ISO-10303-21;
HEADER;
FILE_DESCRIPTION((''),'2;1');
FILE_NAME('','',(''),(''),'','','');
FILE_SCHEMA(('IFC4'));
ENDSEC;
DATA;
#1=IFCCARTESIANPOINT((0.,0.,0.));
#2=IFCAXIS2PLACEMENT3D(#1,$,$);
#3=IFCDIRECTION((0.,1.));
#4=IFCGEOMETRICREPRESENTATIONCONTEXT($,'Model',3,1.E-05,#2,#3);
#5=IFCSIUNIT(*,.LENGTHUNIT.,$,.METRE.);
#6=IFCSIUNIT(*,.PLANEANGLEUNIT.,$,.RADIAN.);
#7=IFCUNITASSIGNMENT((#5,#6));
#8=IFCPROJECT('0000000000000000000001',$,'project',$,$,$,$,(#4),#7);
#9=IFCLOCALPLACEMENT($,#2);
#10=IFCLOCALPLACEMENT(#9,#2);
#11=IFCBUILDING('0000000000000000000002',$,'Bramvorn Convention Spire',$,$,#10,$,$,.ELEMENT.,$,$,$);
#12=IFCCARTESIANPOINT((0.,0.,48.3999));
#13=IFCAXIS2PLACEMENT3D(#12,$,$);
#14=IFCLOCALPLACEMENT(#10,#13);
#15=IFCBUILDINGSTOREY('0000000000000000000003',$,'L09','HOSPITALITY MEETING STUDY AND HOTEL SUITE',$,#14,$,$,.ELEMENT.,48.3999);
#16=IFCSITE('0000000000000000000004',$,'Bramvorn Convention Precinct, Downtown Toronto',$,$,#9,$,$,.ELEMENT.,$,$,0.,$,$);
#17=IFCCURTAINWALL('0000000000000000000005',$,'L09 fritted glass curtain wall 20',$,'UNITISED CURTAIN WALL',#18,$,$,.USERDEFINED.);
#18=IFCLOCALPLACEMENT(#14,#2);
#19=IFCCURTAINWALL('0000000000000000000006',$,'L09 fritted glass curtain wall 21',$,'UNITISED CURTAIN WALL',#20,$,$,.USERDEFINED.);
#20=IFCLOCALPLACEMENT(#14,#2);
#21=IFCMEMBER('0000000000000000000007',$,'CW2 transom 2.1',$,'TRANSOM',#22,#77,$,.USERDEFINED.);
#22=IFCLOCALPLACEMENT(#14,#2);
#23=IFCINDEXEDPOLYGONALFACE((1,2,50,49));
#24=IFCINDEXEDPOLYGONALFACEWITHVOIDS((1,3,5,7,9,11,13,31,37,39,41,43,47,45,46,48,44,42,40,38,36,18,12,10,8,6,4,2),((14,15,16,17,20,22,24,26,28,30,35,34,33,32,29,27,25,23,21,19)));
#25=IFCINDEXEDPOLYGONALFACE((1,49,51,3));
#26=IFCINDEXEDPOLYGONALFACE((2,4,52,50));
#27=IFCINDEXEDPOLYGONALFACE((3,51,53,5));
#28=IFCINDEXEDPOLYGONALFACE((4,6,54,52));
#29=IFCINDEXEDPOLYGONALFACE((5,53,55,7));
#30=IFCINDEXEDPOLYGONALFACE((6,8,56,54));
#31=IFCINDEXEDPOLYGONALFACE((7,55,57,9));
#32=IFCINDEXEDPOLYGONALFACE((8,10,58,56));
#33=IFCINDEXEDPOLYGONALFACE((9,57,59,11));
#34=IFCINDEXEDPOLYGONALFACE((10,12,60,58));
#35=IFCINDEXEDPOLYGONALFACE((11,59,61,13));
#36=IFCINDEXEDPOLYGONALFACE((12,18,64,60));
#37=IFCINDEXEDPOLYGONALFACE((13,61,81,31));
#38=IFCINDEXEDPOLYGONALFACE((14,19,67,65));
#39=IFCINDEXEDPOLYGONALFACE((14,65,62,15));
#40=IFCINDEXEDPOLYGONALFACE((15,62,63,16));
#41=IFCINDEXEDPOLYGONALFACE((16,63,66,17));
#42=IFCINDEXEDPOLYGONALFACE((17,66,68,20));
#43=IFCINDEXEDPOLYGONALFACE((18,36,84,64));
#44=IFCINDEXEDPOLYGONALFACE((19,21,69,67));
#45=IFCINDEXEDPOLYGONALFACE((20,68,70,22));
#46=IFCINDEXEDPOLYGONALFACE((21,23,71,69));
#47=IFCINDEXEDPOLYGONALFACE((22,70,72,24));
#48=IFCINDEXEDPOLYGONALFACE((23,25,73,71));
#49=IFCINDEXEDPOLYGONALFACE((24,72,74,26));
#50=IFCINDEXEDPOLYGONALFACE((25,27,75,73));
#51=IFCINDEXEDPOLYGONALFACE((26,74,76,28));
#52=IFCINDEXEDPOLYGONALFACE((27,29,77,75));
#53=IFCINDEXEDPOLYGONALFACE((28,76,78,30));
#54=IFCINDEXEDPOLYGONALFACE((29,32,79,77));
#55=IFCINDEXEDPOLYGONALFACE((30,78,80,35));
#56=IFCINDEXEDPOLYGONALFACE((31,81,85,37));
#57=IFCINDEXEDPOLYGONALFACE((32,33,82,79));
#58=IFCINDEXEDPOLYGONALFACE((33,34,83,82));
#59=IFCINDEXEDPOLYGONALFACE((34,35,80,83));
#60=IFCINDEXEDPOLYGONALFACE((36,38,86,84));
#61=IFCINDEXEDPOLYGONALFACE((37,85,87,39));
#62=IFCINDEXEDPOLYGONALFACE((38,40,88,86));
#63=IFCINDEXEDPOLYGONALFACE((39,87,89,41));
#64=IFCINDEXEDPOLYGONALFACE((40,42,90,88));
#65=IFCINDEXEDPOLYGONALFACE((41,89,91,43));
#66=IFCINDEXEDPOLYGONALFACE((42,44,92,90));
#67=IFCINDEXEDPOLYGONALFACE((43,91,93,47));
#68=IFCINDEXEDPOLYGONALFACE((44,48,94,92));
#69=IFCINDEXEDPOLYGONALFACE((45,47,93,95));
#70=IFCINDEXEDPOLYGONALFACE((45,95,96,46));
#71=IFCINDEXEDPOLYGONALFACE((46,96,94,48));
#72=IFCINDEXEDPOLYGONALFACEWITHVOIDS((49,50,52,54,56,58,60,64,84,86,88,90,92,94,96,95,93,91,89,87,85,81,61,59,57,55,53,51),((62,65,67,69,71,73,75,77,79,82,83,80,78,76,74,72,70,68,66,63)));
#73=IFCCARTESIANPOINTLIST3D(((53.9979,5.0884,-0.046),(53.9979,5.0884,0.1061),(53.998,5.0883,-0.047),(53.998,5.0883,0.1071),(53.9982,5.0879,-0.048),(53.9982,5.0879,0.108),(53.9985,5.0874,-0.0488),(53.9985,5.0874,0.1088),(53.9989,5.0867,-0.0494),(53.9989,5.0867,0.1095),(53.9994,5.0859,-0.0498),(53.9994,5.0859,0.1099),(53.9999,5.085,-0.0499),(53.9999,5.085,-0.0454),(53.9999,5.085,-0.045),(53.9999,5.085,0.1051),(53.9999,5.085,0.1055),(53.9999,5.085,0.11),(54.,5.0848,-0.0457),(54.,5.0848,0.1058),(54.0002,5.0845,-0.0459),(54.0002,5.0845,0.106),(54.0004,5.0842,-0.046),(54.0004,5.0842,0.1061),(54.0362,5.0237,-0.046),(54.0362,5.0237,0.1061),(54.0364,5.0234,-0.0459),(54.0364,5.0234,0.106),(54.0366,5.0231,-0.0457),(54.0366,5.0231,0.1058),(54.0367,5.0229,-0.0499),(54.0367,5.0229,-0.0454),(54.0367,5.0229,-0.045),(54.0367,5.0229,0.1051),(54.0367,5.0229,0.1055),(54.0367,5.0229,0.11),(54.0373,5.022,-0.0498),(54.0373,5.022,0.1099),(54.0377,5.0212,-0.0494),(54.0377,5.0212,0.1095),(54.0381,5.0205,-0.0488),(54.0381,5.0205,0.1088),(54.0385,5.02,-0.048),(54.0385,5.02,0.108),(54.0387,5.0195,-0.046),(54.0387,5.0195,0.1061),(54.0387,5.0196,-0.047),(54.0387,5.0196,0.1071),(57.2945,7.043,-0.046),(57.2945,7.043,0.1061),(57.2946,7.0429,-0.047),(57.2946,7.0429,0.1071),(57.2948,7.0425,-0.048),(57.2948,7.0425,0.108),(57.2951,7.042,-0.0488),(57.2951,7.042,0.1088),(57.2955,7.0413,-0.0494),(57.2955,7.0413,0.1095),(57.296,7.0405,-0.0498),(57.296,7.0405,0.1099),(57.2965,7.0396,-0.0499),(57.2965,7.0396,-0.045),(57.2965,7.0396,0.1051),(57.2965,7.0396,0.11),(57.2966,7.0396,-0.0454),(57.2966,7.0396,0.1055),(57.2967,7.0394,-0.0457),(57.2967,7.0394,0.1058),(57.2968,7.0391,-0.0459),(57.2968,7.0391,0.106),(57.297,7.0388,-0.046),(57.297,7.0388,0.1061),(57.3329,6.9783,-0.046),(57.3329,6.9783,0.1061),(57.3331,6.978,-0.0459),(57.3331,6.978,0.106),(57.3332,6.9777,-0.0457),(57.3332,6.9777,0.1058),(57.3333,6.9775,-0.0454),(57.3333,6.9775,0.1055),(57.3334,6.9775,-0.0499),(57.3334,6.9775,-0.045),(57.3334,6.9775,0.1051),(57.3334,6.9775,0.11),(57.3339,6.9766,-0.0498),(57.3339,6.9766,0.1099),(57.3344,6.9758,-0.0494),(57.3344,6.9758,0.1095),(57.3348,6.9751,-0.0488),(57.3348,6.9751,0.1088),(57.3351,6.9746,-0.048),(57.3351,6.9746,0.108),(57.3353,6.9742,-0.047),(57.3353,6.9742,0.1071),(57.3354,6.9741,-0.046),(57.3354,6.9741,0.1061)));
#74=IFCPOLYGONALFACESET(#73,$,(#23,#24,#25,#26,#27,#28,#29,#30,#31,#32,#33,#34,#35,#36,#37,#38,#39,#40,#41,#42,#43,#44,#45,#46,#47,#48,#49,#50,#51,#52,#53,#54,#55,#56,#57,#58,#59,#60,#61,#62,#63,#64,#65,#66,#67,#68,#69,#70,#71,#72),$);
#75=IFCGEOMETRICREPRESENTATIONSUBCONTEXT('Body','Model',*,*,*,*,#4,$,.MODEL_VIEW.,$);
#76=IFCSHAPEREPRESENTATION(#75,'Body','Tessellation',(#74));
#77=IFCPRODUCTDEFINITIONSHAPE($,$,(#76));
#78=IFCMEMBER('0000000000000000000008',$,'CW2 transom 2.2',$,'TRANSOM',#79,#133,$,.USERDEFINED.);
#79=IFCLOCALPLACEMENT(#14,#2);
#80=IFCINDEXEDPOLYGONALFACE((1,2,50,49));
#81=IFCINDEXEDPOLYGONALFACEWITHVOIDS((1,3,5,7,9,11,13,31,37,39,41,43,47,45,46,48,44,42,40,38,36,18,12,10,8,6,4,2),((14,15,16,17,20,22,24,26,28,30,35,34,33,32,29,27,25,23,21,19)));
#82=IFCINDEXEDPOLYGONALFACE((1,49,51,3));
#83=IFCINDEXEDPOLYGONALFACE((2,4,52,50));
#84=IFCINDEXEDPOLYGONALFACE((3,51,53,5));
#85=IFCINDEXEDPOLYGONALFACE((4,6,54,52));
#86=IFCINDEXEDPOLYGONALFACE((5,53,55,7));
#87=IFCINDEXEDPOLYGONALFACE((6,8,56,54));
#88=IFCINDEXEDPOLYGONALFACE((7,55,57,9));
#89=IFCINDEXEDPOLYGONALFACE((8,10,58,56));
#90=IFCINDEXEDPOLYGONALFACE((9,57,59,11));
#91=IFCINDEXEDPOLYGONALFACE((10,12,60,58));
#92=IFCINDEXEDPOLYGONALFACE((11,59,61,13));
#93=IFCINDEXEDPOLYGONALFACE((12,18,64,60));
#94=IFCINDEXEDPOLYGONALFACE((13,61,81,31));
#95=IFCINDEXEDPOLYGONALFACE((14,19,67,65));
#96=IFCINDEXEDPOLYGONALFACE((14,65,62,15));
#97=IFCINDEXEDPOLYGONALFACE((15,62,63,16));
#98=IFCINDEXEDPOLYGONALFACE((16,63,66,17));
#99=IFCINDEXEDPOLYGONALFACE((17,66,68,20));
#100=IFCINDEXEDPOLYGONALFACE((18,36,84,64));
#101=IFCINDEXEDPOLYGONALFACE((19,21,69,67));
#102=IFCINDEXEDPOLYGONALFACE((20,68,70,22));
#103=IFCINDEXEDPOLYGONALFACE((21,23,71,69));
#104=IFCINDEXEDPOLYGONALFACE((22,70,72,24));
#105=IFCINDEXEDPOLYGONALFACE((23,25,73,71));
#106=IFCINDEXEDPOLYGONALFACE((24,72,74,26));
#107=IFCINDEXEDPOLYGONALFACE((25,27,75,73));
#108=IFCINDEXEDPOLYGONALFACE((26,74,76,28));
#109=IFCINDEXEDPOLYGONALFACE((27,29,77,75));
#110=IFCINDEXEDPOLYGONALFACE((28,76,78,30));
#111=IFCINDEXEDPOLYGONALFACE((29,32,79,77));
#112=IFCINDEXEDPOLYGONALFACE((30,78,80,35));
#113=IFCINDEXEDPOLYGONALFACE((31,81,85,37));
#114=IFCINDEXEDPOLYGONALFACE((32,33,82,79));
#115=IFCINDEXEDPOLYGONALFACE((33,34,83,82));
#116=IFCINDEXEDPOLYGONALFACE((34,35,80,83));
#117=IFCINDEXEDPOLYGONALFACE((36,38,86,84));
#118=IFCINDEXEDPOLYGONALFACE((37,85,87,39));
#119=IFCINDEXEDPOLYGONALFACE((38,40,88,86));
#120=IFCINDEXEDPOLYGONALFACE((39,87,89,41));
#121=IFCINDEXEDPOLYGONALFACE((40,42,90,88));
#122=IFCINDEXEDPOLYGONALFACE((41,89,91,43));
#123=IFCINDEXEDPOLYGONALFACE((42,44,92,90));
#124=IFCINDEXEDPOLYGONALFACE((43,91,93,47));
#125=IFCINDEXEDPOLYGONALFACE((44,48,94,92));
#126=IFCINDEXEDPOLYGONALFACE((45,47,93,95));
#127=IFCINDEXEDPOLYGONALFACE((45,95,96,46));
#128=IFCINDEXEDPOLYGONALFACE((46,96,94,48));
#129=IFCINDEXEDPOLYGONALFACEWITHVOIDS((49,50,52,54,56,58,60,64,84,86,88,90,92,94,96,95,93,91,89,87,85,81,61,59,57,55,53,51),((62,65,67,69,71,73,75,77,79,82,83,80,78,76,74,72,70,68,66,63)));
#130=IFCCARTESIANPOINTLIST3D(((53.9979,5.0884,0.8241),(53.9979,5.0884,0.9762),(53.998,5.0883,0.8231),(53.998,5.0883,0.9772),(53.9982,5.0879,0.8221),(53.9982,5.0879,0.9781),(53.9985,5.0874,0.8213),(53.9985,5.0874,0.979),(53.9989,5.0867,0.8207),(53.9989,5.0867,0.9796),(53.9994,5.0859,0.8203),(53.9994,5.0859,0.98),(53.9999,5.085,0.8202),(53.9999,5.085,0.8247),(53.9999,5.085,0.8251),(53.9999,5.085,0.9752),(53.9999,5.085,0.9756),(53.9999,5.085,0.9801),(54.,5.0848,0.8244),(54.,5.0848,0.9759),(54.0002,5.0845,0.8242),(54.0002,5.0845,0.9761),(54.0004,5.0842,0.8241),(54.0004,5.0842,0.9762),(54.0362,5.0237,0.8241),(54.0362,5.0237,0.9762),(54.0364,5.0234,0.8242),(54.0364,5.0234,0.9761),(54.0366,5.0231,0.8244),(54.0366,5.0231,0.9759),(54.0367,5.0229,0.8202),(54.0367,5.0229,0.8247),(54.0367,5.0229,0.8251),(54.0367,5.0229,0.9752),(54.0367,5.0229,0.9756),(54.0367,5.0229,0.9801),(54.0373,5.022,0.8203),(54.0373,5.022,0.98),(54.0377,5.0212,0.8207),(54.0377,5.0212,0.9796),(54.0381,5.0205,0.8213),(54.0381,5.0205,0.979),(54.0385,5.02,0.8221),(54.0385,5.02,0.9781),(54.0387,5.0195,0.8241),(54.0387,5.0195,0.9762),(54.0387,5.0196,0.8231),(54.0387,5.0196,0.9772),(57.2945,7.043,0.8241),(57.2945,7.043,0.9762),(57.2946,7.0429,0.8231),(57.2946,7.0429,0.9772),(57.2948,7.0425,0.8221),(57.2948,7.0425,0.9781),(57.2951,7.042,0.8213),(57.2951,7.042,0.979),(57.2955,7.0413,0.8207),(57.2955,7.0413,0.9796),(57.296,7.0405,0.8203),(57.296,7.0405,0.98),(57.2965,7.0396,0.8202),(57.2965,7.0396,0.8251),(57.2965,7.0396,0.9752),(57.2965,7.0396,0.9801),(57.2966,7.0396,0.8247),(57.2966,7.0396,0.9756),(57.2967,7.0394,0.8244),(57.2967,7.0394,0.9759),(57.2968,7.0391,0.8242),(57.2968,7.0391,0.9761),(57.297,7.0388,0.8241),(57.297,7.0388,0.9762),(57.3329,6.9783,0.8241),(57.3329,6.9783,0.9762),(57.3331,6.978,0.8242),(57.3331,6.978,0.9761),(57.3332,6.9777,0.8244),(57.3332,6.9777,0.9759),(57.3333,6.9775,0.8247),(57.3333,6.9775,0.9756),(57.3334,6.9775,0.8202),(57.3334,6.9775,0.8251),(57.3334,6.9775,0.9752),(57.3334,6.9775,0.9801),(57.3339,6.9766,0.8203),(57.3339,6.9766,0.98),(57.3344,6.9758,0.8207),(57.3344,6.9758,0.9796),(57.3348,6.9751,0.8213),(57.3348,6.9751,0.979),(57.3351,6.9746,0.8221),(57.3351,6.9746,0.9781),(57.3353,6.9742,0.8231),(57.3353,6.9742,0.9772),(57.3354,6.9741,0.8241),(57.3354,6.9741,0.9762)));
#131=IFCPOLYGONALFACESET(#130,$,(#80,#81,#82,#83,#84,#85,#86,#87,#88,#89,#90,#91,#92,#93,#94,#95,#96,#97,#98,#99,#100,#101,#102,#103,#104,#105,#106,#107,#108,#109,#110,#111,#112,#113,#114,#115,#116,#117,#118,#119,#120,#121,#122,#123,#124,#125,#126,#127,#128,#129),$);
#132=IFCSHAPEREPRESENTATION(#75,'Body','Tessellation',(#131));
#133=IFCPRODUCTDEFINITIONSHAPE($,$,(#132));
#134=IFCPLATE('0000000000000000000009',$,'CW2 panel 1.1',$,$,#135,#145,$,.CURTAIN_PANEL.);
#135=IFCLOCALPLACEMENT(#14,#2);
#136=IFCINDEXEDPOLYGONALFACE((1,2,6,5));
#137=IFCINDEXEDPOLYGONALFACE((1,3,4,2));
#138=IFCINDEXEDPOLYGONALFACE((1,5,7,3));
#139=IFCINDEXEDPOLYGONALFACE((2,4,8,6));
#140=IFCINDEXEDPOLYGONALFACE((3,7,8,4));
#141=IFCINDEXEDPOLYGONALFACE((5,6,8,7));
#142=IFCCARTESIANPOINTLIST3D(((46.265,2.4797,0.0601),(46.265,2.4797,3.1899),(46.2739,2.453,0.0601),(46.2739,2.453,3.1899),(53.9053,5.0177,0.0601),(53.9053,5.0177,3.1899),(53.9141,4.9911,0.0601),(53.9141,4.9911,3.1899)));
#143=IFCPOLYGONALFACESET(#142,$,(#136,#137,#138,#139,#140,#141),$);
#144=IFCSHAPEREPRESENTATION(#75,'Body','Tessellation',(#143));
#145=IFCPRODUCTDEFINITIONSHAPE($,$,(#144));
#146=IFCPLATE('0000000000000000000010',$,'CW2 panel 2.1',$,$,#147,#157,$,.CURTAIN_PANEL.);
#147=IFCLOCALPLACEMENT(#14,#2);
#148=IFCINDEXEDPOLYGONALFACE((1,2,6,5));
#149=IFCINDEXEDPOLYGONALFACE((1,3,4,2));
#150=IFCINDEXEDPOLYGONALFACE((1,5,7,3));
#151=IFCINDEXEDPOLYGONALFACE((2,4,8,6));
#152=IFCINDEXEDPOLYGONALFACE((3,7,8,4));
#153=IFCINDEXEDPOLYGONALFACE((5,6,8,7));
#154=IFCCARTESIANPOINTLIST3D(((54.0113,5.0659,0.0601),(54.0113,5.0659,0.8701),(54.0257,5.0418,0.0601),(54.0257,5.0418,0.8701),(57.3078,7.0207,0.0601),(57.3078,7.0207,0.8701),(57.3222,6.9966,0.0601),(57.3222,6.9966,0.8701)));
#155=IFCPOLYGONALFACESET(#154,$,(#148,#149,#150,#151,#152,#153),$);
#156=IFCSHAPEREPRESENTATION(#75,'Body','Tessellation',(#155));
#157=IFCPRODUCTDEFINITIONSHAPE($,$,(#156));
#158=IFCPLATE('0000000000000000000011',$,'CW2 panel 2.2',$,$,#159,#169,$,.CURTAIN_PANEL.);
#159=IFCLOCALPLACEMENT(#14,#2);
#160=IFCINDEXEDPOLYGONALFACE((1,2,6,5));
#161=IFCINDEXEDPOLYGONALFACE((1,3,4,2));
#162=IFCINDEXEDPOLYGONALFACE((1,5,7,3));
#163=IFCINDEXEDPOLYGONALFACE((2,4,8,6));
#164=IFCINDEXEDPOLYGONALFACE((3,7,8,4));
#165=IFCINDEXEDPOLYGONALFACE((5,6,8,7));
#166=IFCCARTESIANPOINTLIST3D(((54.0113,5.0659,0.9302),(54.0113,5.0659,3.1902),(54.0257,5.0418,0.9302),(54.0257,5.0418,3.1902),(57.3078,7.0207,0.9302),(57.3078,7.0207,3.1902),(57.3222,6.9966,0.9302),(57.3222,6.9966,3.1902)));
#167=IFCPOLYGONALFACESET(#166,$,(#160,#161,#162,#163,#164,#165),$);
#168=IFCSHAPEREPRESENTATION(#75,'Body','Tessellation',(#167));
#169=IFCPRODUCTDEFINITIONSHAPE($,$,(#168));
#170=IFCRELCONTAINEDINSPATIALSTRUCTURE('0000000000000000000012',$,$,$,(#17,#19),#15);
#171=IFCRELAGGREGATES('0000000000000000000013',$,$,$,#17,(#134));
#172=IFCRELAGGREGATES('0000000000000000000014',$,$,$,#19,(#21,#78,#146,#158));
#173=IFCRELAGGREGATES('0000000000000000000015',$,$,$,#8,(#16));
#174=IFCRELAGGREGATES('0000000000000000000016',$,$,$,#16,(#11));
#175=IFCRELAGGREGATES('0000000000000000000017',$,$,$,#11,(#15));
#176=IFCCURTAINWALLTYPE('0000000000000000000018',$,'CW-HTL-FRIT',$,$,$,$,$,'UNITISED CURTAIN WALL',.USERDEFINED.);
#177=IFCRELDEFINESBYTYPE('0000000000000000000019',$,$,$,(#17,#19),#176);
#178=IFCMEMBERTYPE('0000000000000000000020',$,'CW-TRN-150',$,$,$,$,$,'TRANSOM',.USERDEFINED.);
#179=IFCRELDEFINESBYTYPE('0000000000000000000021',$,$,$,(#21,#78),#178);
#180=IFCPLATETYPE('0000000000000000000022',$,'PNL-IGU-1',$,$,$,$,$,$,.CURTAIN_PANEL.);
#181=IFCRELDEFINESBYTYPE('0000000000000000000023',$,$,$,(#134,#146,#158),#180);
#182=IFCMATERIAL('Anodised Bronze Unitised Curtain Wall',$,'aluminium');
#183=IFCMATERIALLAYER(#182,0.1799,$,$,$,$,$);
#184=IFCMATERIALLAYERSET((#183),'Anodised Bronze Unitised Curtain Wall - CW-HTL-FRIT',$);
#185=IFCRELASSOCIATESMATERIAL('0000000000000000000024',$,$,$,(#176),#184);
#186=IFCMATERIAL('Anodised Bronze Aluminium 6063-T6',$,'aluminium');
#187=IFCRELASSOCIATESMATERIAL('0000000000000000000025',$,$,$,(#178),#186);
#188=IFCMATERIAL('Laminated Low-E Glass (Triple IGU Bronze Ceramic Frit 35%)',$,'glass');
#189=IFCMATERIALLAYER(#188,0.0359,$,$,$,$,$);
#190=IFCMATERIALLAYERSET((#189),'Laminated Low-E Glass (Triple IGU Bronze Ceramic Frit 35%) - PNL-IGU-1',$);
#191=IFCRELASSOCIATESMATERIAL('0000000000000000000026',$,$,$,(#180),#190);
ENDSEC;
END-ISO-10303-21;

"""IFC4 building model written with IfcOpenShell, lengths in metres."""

from ifc_helpers import new_model, si_unit, direction, frame, origin, origin_2d, place, context, subcontext, project, spatial, rectangle, hollow_rectangle, extrude, material, layer, layer_set, material_profile, profile_set, type_object, element, aggregate, save


model = new_model("IFC4")

# Units and contexts
model_context = context("Model", 3, precision=1e-05, world=origin(), true_north=direction((0.0, 1.0)))
body_context = subcontext(model_context, "Body", "Model", "MODEL_VIEW")
ifc_project = project(units=[si_unit("LENGTHUNIT", "METRE"), si_unit("PLANEANGLEUNIT", "RADIAN")], contexts=[model_context])

# Site, building, storey
site_placement = place(None, origin())
site = spatial("IfcSite", under=ifc_project, at=site_placement, Name="Bramvorn Convention Precinct, Downtown Toronto", CompositionType="ELEMENT", RefElevation=0.0)
building_placement = place(site_placement, origin())
building = spatial("IfcBuilding", under=site, at=building_placement, Name="Bramvorn Convention Spire", CompositionType="ELEMENT")
storey_placement = place(building_placement, frame((0.0, 0.0, 48.3999)))
storey = spatial("IfcBuildingStorey", under=building, at=storey_placement, Name="L09", Description="HOSPITALITY MEETING STUDY AND HOTEL SUITE", CompositionType="ELEMENT", Elevation=48.3999)

# Curtain walls
ifc_material_1 = material(Name="Anodised Bronze Unitised Curtain Wall", Category="aluminium")
ifc_layer_1 = layer(ifc_material_1, 0.1799)
ifc_layer_set_1 = layer_set([ifc_layer_1], Name="Anodised Bronze Unitised Curtain Wall - CW-HTL-FRIT")
curtain_wall_type = type_object("IfcCurtainWallType", Name="CW-HTL-FRIT", ElementType="UNITISED CURTAIN WALL", PredefinedType="USERDEFINED", material=ifc_layer_set_1)
curtain_wall_1_placement = place(storey_placement, origin())
curtain_wall_1 = element("IfcCurtainWall", 1, at=curtain_wall_1_placement, inside=storey, type_object=curtain_wall_type, Name="L09 fritted glass curtain wall 20", ObjectType="UNITISED CURTAIN WALL", PredefinedType="USERDEFINED")
ifc_material_2 = material(Name="Anodised Bronze Aluminium 6063-T6", Category="aluminium")
curtain_wall_2_placement = place(storey_placement, origin())
curtain_wall_2 = element("IfcCurtainWall", 2, at=curtain_wall_2_placement, inside=storey, type_object=curtain_wall_type, Name="L09 fritted glass curtain wall 21", ObjectType="UNITISED CURTAIN WALL", PredefinedType="USERDEFINED")

# Members
ifc_material_profile_1 = material_profile(ifc_material_2, hollow_rectangle(XDim=0.0801, YDim=0.1599, WallThickness=0.0039, InnerFilletRadius=0.001, OuterFilletRadius=0.0039, at=origin_2d()))
ifc_profile_set_1 = profile_set([ifc_material_profile_1], Name="Anodised Bronze Aluminium 6063-T6 - CWT80X160")
member_type_1 = type_object("IfcMemberType", Name="CW-TRN-150", ElementType="TRANSOM", PredefinedType="USERDEFINED", material=ifc_profile_set_1)
member_1_placement = place(storey_placement, frame((57.3149, 7.0085, 0.03), z_axis=(-0.860174, -0.510001, 0.0), x_axis=(0.510001, -0.860174, 0.0)))
member_1 = element("IfcMember", 3, at=member_1_placement, type_object=member_type_1, Name="CW2 transom 2.1", ObjectType="TRANSOM", PredefinedType="USERDEFINED", context=body_context, shape_type="SweptSolid", body=[
    extrude(hollow_rectangle(XDim=0.0801, YDim=0.1599, WallThickness=0.0039, InnerFilletRadius=0.001, OuterFilletRadius=0.0039, at=origin_2d()), origin(), (0.0, 0.0, 1.0), 3.8325),
])
member_2_placement = place(storey_placement, frame((57.3149, 7.0085, 0.9001), z_axis=(-0.860174, -0.510001, 0.0), x_axis=(0.510001, -0.860174, 0.0)))
member_2 = element("IfcMember", 4, at=member_2_placement, type_object=member_type_1, Name="CW2 transom 2.2", ObjectType="TRANSOM", PredefinedType="USERDEFINED", context=body_context, shape_type="SweptSolid", body=[
    extrude(hollow_rectangle(XDim=0.0801, YDim=0.1599, WallThickness=0.0039, InnerFilletRadius=0.001, OuterFilletRadius=0.0039, at=origin_2d()), origin(), (0.0, 0.0, 1.0), 3.8325),
])

# Plates
ifc_material_3 = material(Name="Laminated Low-E Glass (Triple IGU Bronze Ceramic Frit 35%)", Category="glass")
ifc_layer_2 = layer(ifc_material_3, 0.0359)
ifc_layer_set_2 = layer_set([ifc_layer_2], Name="Laminated Low-E Glass (Triple IGU Bronze Ceramic Frit 35%) - PNL-IGU-1")
plate_type = type_object("IfcPlateType", Name="PNL-IGU-1", PredefinedType="CURTAIN_PANEL", material=ifc_layer_set_2)
plate_1_placement = place(storey_placement, frame((50.0896, 3.7354, 0.0601), z_axis=(0.0, 0.0, 1.0), x_axis=(-0.949007, -0.315255, 0.0)))
plate_1 = element("IfcPlate", 5, at=plate_1_placement, type_object=plate_type, Name="CW2 panel 1.1", PredefinedType="CURTAIN_PANEL", context=body_context, shape_type="SweptSolid", body=[
    extrude(rectangle(XDim=8.0508, YDim=0.0281, at=origin_2d()), origin(), (0.0, 0.0, 1.0), 3.1299),
])
aggregate(curtain_wall_1, [plate_1])
plate_2_placement = place(storey_placement, frame((55.6667, 6.0312, 0.0601), z_axis=(0.0, 0.0, 1.0), x_axis=(-0.860143, -0.510054, 0.0)))
plate_2 = element("IfcPlate", 6, at=plate_2_placement, type_object=plate_type, Name="CW2 panel 2.1", PredefinedType="CURTAIN_PANEL", context=body_context, shape_type="SweptSolid", body=[
    extrude(rectangle(XDim=3.8325, YDim=0.0281, at=origin_2d()), origin(), (0.0, 0.0, 1.0), 0.8101),
])
plate_3_placement = place(storey_placement, frame((55.6667, 6.0312, 0.9302), z_axis=(0.0, 0.0, 1.0), x_axis=(-0.860143, -0.510054, 0.0)))
plate_3 = element("IfcPlate", 7, at=plate_3_placement, type_object=plate_type, Name="CW2 panel 2.2", PredefinedType="CURTAIN_PANEL", context=body_context, shape_type="SweptSolid", body=[
    extrude(rectangle(XDim=3.8325, YDim=0.0281, at=origin_2d()), origin(), (0.0, 0.0, 1.0), 2.26),
])
aggregate(curtain_wall_2, [member_1, member_2, plate_2, plate_3])

save(model, "model.ifc")
